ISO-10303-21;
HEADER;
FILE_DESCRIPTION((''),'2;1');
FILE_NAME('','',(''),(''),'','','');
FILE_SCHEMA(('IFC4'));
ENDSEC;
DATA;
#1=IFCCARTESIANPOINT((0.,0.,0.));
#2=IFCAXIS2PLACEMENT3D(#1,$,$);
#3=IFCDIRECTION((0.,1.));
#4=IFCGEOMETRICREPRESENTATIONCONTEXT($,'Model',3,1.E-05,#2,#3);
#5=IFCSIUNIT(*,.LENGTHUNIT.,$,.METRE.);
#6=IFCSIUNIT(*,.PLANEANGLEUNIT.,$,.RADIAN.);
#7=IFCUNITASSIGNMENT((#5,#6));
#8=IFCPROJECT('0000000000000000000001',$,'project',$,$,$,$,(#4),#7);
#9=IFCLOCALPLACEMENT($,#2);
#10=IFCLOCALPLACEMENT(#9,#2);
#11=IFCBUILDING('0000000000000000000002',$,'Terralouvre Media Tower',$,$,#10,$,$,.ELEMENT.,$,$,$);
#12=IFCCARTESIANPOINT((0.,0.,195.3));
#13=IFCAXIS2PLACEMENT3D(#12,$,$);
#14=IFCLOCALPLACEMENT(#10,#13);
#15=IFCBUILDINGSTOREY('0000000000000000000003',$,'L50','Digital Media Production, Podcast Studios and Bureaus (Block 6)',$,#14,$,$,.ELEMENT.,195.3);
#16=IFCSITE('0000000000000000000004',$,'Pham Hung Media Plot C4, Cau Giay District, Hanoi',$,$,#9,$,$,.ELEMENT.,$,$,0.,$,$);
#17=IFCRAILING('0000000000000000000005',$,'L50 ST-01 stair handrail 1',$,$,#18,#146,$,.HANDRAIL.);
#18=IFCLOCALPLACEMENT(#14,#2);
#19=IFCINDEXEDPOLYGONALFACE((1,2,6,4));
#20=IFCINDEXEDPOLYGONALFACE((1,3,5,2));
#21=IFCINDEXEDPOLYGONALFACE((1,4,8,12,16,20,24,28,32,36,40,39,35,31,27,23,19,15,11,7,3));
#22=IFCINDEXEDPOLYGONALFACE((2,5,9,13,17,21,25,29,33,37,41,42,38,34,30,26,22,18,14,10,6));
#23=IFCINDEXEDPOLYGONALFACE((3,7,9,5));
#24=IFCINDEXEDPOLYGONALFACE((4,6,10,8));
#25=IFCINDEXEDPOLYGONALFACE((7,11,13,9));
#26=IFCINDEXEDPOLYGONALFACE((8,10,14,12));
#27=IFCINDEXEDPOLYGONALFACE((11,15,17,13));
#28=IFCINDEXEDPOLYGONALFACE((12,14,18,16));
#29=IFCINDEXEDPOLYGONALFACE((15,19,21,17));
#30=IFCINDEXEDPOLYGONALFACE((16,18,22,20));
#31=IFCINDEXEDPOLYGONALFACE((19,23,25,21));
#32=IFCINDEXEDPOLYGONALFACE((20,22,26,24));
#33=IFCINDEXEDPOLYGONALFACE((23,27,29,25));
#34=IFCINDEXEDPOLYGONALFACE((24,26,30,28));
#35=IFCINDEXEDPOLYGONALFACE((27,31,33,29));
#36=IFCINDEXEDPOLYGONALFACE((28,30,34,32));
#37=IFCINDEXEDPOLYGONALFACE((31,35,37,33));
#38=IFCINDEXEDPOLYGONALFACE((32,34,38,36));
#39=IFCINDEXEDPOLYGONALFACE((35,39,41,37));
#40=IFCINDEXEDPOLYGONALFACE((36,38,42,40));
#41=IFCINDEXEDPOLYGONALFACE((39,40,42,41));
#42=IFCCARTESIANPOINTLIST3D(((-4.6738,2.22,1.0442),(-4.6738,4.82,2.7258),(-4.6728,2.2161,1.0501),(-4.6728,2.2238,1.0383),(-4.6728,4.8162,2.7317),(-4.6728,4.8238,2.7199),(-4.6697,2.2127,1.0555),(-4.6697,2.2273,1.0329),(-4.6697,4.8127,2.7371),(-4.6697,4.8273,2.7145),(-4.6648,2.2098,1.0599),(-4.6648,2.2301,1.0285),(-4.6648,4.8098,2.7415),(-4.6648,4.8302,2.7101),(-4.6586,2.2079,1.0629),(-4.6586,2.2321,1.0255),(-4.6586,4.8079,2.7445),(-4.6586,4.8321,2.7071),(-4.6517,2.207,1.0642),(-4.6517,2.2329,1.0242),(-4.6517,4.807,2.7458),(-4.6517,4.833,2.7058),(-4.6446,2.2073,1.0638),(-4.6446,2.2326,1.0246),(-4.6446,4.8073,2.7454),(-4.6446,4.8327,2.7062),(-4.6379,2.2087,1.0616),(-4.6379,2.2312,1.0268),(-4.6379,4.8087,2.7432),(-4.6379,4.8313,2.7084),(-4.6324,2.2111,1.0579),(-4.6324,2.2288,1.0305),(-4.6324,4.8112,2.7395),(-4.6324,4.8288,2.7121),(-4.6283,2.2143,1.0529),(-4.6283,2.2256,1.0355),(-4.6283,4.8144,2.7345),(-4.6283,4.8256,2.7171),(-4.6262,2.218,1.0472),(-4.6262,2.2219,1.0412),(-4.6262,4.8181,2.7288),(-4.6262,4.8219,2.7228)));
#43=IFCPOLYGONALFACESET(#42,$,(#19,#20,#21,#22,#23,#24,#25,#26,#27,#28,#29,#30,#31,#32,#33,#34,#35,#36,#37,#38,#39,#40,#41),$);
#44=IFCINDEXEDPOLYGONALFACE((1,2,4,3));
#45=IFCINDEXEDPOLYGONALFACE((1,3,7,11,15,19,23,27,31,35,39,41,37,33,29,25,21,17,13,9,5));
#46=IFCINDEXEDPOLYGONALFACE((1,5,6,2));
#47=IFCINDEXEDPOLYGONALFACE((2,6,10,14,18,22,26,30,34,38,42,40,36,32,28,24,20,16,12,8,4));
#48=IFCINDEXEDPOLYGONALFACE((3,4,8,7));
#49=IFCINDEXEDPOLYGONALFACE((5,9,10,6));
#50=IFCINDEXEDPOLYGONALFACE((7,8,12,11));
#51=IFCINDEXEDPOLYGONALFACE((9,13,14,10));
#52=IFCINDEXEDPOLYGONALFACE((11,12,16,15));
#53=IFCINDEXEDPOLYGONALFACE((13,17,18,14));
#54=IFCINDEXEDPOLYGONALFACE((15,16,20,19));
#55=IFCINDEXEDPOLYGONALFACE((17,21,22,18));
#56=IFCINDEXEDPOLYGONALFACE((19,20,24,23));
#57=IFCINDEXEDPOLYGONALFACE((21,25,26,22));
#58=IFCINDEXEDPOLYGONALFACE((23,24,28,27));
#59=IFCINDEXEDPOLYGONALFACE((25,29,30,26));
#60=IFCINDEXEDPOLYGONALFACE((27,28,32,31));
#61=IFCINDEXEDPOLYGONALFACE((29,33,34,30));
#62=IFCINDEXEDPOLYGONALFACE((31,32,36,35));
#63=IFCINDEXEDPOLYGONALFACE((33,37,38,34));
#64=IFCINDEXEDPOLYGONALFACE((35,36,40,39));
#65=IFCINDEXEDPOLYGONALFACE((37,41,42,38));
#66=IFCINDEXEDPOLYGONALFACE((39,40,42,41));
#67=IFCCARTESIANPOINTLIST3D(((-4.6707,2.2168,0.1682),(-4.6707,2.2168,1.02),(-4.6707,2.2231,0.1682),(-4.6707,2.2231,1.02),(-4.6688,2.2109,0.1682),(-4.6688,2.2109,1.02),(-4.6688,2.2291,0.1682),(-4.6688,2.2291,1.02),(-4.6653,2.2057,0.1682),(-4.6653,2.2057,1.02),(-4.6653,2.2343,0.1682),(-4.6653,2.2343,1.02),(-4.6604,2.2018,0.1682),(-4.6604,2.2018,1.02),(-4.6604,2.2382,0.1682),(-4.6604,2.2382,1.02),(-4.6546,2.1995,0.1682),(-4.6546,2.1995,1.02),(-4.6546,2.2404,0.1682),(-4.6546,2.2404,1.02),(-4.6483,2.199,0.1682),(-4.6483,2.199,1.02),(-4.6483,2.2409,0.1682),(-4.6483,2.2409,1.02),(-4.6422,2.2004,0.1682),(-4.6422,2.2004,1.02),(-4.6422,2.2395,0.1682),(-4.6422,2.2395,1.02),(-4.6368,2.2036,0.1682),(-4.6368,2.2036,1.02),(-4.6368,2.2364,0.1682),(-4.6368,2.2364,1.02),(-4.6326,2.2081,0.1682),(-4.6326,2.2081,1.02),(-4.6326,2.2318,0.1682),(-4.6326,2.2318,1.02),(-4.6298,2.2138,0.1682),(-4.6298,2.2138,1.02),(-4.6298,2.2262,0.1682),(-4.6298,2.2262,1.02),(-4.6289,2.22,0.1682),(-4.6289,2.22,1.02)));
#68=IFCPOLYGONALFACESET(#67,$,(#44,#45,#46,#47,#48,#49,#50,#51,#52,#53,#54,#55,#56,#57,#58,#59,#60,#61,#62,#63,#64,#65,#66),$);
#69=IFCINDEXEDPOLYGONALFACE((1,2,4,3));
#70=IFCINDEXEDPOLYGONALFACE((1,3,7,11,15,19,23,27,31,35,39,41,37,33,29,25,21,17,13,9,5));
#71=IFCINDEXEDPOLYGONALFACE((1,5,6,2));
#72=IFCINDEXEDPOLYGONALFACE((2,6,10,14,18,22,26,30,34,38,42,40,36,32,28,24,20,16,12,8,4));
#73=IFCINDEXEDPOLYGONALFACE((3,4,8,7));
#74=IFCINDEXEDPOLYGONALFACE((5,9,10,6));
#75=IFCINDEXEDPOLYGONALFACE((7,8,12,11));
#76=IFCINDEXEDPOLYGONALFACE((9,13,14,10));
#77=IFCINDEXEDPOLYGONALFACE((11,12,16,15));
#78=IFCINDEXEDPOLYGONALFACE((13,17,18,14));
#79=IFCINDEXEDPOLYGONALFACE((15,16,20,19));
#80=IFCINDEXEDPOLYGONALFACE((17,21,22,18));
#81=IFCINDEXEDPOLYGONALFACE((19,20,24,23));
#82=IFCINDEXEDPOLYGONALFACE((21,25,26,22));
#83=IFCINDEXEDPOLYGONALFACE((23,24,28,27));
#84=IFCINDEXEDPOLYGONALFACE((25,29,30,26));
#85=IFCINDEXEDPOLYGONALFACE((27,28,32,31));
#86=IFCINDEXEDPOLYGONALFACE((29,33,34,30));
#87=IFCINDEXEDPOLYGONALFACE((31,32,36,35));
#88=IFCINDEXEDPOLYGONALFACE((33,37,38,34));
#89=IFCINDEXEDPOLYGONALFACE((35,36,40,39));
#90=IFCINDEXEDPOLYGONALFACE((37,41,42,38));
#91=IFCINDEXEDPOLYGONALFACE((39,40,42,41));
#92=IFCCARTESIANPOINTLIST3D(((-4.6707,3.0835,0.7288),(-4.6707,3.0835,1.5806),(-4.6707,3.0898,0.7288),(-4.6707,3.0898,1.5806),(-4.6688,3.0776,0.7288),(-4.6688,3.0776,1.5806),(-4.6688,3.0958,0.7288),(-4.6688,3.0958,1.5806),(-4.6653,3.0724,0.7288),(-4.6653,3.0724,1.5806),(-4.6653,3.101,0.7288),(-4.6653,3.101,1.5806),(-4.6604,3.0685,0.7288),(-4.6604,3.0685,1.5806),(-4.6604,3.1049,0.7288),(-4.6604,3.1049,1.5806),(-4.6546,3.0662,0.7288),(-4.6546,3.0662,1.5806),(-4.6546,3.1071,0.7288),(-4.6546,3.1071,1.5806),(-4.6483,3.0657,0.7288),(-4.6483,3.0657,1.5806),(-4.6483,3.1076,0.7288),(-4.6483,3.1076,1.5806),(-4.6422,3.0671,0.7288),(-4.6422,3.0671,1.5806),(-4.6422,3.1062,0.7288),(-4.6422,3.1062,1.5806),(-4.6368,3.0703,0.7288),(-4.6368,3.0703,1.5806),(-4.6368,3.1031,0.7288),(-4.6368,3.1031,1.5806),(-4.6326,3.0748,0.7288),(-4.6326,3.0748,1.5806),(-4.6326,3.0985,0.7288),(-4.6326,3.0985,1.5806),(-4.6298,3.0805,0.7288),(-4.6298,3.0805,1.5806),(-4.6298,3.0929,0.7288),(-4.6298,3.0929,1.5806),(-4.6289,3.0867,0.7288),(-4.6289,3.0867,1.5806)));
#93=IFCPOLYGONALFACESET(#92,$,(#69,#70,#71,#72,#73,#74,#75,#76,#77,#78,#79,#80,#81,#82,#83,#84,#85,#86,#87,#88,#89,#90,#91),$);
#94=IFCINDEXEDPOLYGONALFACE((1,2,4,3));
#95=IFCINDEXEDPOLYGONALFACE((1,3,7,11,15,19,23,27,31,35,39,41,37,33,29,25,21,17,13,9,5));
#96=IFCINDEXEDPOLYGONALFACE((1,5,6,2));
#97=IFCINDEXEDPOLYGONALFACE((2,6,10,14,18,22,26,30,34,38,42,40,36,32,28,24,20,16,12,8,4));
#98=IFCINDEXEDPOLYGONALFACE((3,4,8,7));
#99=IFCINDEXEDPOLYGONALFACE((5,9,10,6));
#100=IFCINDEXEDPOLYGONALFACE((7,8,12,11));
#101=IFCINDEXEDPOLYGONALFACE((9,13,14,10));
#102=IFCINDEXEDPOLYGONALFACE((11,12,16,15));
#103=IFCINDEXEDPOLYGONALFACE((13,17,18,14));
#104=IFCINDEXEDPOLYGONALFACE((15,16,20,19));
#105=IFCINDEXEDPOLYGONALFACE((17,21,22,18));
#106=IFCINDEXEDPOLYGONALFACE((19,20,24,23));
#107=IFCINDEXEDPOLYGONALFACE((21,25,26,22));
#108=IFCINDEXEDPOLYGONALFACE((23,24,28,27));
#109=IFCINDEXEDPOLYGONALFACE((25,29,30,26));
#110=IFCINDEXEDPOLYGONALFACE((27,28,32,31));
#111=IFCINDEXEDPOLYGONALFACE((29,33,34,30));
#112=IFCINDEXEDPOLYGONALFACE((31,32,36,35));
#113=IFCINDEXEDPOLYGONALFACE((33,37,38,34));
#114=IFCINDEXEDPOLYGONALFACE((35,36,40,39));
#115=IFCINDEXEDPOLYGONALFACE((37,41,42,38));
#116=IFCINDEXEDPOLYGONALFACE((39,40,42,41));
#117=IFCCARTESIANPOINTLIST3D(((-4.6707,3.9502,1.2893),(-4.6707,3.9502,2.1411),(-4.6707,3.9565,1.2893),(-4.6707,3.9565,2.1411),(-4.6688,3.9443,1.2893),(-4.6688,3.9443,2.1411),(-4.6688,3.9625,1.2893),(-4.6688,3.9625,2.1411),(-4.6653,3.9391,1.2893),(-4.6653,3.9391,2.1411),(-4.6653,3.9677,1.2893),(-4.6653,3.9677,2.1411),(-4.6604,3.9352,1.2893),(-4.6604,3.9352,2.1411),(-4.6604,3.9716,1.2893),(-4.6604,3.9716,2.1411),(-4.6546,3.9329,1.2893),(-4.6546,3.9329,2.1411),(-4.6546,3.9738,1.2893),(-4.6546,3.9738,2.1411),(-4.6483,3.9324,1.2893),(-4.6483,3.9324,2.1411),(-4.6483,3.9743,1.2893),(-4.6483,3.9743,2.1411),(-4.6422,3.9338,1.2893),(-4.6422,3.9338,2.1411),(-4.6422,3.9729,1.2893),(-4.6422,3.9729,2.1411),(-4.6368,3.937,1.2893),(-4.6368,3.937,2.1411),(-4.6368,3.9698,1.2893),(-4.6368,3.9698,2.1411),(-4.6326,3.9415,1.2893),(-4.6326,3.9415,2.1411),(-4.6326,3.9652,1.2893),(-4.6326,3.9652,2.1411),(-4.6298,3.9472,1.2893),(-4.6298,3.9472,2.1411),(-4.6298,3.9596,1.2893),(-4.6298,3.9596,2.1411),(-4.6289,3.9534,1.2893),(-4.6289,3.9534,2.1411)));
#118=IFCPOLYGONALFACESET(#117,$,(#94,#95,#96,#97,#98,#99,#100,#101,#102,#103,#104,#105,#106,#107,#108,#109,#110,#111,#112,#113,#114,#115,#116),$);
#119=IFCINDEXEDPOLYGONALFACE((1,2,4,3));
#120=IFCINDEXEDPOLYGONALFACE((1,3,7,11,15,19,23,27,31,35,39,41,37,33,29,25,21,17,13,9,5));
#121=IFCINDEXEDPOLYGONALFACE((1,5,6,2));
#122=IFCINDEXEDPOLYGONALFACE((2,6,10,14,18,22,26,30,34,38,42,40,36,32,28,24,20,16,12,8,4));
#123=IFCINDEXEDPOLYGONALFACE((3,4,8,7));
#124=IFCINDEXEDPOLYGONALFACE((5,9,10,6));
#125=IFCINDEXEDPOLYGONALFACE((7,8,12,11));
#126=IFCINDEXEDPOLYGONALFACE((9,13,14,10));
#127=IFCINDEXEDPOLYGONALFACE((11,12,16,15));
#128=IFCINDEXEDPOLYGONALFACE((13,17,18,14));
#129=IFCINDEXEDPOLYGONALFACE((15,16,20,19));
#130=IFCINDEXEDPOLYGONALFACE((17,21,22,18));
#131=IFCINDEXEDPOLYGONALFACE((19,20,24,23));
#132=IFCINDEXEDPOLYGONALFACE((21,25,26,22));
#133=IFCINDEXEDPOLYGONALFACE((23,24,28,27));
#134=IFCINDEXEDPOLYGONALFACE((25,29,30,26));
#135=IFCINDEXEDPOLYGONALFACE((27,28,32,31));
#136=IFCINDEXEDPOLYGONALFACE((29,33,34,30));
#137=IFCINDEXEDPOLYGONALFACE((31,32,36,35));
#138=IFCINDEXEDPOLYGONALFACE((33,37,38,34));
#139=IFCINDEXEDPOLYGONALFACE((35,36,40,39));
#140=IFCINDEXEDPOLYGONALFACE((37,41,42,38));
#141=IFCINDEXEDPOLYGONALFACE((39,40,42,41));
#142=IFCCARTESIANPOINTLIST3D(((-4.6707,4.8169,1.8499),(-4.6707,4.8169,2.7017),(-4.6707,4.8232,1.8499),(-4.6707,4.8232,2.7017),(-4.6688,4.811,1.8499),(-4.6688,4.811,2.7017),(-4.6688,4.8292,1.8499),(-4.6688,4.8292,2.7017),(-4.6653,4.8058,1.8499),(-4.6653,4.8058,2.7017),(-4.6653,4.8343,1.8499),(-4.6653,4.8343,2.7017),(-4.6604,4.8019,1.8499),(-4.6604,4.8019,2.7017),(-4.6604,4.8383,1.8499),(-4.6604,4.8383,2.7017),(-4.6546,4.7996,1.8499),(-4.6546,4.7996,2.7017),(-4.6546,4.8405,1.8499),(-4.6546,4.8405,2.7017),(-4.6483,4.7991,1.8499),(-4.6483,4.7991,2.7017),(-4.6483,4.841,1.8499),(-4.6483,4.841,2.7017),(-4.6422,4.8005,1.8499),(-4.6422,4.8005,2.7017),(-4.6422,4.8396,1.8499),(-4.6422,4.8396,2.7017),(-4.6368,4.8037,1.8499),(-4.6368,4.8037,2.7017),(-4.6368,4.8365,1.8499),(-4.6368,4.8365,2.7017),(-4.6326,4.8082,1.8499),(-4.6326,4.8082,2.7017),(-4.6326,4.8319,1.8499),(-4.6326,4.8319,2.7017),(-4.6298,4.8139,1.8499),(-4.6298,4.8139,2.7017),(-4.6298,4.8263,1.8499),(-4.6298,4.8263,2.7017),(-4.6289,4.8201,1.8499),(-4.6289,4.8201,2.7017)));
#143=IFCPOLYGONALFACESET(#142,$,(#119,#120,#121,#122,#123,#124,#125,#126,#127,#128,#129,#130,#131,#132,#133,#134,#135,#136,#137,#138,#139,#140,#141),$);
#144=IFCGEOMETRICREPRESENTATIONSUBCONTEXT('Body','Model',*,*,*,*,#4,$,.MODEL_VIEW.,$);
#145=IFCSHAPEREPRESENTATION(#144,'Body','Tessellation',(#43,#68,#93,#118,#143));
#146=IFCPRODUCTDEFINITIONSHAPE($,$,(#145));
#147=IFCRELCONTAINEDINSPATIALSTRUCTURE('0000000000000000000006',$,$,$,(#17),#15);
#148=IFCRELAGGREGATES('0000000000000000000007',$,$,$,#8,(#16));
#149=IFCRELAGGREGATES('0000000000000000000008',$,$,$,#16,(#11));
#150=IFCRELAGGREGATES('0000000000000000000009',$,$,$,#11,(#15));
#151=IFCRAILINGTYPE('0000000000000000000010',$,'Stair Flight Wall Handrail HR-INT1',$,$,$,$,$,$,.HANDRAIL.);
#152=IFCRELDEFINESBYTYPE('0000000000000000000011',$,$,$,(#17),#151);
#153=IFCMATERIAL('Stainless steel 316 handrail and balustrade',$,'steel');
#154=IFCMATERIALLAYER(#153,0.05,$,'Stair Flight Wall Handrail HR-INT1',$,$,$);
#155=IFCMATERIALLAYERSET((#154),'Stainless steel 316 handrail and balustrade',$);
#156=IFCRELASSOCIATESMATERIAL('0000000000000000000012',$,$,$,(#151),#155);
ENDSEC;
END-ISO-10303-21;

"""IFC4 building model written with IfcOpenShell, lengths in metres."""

from ifc_helpers import new_model, si_unit, direction, frame, origin, origin_2d, place, context, subcontext, project, spatial, circle, extrude, material, layer, layer_set, type_object, element, save


model = new_model("IFC4")

# Units and contexts
model_context = context("Model", 3, precision=1e-05, world=origin(), true_north=direction((0.0, 1.0)))
body_context = subcontext(model_context, "Body", "Model", "MODEL_VIEW")
ifc_project = project(units=[si_unit("LENGTHUNIT", "METRE"), si_unit("PLANEANGLEUNIT", "RADIAN")], contexts=[model_context])

# Site, building, storey
site_placement = place(None, origin())
site = spatial("IfcSite", under=ifc_project, at=site_placement, Name="Pham Hung Media Plot C4, Cau Giay District, Hanoi", CompositionType="ELEMENT", RefElevation=0.0)
building_placement = place(site_placement, origin())
building = spatial("IfcBuilding", under=site, at=building_placement, Name="Terralouvre Media Tower", CompositionType="ELEMENT")
storey_placement = place(building_placement, frame((0.0, 0.0, 195.3)))
storey = spatial("IfcBuildingStorey", under=building, at=storey_placement, Name="L50", Description="Digital Media Production, Podcast Studios and Bureaus (Block 6)", CompositionType="ELEMENT", Elevation=195.3)

# Railing
ifc_material_1 = material(Name="Stainless steel 316 handrail and balustrade", Category="steel")
ifc_layer_1 = layer(ifc_material_1, 0.05, Name="Stair Flight Wall Handrail HR-INT1")
ifc_layer_set_1 = layer_set([ifc_layer_1], Name="Stainless steel 316 handrail and balustrade")
railing_type_1 = type_object("IfcRailingType", Name="Stair Flight Wall Handrail HR-INT1", PredefinedType="HANDRAIL", material=ifc_layer_set_1)
railing_1_placement = place(storey_placement, frame((-4.6499, 2.22, 0.1682)))
element("IfcRailing", 1, at=railing_1_placement, inside=storey, type_object=railing_type_1, Name="L50 ST-01 stair handrail 1", PredefinedType="HANDRAIL", context=body_context, shape_type="SweptSolid", body=[
    extrude(circle(Radius=0.0239, at=origin_2d()), frame((0.0, 0.0, 0.876), z_axis=(0.0, 0.839684, 0.543075), x_axis=(-1.0, 0.0, 0.0)), (0.0, 0.0, 1.0), 3.0964),
    extrude(circle(Radius=0.021, at=origin_2d()), origin(), (0.0, 0.0, 1.0), 0.8518),
    extrude(circle(Radius=0.021, at=origin_2d()), frame((0.0, 0.8667, 0.5605)), (0.0, 0.0, 1.0), 0.8518),
    extrude(circle(Radius=0.021, at=origin_2d()), frame((0.0, 1.7334, 1.1211)), (0.0, 0.0, 1.0), 0.8518),
    extrude(circle(Radius=0.021, at=origin_2d()), frame((0.0, 2.6001, 1.6816)), (0.0, 0.0, 1.0), 0.8518),
])

save(model, "model.ifc")
